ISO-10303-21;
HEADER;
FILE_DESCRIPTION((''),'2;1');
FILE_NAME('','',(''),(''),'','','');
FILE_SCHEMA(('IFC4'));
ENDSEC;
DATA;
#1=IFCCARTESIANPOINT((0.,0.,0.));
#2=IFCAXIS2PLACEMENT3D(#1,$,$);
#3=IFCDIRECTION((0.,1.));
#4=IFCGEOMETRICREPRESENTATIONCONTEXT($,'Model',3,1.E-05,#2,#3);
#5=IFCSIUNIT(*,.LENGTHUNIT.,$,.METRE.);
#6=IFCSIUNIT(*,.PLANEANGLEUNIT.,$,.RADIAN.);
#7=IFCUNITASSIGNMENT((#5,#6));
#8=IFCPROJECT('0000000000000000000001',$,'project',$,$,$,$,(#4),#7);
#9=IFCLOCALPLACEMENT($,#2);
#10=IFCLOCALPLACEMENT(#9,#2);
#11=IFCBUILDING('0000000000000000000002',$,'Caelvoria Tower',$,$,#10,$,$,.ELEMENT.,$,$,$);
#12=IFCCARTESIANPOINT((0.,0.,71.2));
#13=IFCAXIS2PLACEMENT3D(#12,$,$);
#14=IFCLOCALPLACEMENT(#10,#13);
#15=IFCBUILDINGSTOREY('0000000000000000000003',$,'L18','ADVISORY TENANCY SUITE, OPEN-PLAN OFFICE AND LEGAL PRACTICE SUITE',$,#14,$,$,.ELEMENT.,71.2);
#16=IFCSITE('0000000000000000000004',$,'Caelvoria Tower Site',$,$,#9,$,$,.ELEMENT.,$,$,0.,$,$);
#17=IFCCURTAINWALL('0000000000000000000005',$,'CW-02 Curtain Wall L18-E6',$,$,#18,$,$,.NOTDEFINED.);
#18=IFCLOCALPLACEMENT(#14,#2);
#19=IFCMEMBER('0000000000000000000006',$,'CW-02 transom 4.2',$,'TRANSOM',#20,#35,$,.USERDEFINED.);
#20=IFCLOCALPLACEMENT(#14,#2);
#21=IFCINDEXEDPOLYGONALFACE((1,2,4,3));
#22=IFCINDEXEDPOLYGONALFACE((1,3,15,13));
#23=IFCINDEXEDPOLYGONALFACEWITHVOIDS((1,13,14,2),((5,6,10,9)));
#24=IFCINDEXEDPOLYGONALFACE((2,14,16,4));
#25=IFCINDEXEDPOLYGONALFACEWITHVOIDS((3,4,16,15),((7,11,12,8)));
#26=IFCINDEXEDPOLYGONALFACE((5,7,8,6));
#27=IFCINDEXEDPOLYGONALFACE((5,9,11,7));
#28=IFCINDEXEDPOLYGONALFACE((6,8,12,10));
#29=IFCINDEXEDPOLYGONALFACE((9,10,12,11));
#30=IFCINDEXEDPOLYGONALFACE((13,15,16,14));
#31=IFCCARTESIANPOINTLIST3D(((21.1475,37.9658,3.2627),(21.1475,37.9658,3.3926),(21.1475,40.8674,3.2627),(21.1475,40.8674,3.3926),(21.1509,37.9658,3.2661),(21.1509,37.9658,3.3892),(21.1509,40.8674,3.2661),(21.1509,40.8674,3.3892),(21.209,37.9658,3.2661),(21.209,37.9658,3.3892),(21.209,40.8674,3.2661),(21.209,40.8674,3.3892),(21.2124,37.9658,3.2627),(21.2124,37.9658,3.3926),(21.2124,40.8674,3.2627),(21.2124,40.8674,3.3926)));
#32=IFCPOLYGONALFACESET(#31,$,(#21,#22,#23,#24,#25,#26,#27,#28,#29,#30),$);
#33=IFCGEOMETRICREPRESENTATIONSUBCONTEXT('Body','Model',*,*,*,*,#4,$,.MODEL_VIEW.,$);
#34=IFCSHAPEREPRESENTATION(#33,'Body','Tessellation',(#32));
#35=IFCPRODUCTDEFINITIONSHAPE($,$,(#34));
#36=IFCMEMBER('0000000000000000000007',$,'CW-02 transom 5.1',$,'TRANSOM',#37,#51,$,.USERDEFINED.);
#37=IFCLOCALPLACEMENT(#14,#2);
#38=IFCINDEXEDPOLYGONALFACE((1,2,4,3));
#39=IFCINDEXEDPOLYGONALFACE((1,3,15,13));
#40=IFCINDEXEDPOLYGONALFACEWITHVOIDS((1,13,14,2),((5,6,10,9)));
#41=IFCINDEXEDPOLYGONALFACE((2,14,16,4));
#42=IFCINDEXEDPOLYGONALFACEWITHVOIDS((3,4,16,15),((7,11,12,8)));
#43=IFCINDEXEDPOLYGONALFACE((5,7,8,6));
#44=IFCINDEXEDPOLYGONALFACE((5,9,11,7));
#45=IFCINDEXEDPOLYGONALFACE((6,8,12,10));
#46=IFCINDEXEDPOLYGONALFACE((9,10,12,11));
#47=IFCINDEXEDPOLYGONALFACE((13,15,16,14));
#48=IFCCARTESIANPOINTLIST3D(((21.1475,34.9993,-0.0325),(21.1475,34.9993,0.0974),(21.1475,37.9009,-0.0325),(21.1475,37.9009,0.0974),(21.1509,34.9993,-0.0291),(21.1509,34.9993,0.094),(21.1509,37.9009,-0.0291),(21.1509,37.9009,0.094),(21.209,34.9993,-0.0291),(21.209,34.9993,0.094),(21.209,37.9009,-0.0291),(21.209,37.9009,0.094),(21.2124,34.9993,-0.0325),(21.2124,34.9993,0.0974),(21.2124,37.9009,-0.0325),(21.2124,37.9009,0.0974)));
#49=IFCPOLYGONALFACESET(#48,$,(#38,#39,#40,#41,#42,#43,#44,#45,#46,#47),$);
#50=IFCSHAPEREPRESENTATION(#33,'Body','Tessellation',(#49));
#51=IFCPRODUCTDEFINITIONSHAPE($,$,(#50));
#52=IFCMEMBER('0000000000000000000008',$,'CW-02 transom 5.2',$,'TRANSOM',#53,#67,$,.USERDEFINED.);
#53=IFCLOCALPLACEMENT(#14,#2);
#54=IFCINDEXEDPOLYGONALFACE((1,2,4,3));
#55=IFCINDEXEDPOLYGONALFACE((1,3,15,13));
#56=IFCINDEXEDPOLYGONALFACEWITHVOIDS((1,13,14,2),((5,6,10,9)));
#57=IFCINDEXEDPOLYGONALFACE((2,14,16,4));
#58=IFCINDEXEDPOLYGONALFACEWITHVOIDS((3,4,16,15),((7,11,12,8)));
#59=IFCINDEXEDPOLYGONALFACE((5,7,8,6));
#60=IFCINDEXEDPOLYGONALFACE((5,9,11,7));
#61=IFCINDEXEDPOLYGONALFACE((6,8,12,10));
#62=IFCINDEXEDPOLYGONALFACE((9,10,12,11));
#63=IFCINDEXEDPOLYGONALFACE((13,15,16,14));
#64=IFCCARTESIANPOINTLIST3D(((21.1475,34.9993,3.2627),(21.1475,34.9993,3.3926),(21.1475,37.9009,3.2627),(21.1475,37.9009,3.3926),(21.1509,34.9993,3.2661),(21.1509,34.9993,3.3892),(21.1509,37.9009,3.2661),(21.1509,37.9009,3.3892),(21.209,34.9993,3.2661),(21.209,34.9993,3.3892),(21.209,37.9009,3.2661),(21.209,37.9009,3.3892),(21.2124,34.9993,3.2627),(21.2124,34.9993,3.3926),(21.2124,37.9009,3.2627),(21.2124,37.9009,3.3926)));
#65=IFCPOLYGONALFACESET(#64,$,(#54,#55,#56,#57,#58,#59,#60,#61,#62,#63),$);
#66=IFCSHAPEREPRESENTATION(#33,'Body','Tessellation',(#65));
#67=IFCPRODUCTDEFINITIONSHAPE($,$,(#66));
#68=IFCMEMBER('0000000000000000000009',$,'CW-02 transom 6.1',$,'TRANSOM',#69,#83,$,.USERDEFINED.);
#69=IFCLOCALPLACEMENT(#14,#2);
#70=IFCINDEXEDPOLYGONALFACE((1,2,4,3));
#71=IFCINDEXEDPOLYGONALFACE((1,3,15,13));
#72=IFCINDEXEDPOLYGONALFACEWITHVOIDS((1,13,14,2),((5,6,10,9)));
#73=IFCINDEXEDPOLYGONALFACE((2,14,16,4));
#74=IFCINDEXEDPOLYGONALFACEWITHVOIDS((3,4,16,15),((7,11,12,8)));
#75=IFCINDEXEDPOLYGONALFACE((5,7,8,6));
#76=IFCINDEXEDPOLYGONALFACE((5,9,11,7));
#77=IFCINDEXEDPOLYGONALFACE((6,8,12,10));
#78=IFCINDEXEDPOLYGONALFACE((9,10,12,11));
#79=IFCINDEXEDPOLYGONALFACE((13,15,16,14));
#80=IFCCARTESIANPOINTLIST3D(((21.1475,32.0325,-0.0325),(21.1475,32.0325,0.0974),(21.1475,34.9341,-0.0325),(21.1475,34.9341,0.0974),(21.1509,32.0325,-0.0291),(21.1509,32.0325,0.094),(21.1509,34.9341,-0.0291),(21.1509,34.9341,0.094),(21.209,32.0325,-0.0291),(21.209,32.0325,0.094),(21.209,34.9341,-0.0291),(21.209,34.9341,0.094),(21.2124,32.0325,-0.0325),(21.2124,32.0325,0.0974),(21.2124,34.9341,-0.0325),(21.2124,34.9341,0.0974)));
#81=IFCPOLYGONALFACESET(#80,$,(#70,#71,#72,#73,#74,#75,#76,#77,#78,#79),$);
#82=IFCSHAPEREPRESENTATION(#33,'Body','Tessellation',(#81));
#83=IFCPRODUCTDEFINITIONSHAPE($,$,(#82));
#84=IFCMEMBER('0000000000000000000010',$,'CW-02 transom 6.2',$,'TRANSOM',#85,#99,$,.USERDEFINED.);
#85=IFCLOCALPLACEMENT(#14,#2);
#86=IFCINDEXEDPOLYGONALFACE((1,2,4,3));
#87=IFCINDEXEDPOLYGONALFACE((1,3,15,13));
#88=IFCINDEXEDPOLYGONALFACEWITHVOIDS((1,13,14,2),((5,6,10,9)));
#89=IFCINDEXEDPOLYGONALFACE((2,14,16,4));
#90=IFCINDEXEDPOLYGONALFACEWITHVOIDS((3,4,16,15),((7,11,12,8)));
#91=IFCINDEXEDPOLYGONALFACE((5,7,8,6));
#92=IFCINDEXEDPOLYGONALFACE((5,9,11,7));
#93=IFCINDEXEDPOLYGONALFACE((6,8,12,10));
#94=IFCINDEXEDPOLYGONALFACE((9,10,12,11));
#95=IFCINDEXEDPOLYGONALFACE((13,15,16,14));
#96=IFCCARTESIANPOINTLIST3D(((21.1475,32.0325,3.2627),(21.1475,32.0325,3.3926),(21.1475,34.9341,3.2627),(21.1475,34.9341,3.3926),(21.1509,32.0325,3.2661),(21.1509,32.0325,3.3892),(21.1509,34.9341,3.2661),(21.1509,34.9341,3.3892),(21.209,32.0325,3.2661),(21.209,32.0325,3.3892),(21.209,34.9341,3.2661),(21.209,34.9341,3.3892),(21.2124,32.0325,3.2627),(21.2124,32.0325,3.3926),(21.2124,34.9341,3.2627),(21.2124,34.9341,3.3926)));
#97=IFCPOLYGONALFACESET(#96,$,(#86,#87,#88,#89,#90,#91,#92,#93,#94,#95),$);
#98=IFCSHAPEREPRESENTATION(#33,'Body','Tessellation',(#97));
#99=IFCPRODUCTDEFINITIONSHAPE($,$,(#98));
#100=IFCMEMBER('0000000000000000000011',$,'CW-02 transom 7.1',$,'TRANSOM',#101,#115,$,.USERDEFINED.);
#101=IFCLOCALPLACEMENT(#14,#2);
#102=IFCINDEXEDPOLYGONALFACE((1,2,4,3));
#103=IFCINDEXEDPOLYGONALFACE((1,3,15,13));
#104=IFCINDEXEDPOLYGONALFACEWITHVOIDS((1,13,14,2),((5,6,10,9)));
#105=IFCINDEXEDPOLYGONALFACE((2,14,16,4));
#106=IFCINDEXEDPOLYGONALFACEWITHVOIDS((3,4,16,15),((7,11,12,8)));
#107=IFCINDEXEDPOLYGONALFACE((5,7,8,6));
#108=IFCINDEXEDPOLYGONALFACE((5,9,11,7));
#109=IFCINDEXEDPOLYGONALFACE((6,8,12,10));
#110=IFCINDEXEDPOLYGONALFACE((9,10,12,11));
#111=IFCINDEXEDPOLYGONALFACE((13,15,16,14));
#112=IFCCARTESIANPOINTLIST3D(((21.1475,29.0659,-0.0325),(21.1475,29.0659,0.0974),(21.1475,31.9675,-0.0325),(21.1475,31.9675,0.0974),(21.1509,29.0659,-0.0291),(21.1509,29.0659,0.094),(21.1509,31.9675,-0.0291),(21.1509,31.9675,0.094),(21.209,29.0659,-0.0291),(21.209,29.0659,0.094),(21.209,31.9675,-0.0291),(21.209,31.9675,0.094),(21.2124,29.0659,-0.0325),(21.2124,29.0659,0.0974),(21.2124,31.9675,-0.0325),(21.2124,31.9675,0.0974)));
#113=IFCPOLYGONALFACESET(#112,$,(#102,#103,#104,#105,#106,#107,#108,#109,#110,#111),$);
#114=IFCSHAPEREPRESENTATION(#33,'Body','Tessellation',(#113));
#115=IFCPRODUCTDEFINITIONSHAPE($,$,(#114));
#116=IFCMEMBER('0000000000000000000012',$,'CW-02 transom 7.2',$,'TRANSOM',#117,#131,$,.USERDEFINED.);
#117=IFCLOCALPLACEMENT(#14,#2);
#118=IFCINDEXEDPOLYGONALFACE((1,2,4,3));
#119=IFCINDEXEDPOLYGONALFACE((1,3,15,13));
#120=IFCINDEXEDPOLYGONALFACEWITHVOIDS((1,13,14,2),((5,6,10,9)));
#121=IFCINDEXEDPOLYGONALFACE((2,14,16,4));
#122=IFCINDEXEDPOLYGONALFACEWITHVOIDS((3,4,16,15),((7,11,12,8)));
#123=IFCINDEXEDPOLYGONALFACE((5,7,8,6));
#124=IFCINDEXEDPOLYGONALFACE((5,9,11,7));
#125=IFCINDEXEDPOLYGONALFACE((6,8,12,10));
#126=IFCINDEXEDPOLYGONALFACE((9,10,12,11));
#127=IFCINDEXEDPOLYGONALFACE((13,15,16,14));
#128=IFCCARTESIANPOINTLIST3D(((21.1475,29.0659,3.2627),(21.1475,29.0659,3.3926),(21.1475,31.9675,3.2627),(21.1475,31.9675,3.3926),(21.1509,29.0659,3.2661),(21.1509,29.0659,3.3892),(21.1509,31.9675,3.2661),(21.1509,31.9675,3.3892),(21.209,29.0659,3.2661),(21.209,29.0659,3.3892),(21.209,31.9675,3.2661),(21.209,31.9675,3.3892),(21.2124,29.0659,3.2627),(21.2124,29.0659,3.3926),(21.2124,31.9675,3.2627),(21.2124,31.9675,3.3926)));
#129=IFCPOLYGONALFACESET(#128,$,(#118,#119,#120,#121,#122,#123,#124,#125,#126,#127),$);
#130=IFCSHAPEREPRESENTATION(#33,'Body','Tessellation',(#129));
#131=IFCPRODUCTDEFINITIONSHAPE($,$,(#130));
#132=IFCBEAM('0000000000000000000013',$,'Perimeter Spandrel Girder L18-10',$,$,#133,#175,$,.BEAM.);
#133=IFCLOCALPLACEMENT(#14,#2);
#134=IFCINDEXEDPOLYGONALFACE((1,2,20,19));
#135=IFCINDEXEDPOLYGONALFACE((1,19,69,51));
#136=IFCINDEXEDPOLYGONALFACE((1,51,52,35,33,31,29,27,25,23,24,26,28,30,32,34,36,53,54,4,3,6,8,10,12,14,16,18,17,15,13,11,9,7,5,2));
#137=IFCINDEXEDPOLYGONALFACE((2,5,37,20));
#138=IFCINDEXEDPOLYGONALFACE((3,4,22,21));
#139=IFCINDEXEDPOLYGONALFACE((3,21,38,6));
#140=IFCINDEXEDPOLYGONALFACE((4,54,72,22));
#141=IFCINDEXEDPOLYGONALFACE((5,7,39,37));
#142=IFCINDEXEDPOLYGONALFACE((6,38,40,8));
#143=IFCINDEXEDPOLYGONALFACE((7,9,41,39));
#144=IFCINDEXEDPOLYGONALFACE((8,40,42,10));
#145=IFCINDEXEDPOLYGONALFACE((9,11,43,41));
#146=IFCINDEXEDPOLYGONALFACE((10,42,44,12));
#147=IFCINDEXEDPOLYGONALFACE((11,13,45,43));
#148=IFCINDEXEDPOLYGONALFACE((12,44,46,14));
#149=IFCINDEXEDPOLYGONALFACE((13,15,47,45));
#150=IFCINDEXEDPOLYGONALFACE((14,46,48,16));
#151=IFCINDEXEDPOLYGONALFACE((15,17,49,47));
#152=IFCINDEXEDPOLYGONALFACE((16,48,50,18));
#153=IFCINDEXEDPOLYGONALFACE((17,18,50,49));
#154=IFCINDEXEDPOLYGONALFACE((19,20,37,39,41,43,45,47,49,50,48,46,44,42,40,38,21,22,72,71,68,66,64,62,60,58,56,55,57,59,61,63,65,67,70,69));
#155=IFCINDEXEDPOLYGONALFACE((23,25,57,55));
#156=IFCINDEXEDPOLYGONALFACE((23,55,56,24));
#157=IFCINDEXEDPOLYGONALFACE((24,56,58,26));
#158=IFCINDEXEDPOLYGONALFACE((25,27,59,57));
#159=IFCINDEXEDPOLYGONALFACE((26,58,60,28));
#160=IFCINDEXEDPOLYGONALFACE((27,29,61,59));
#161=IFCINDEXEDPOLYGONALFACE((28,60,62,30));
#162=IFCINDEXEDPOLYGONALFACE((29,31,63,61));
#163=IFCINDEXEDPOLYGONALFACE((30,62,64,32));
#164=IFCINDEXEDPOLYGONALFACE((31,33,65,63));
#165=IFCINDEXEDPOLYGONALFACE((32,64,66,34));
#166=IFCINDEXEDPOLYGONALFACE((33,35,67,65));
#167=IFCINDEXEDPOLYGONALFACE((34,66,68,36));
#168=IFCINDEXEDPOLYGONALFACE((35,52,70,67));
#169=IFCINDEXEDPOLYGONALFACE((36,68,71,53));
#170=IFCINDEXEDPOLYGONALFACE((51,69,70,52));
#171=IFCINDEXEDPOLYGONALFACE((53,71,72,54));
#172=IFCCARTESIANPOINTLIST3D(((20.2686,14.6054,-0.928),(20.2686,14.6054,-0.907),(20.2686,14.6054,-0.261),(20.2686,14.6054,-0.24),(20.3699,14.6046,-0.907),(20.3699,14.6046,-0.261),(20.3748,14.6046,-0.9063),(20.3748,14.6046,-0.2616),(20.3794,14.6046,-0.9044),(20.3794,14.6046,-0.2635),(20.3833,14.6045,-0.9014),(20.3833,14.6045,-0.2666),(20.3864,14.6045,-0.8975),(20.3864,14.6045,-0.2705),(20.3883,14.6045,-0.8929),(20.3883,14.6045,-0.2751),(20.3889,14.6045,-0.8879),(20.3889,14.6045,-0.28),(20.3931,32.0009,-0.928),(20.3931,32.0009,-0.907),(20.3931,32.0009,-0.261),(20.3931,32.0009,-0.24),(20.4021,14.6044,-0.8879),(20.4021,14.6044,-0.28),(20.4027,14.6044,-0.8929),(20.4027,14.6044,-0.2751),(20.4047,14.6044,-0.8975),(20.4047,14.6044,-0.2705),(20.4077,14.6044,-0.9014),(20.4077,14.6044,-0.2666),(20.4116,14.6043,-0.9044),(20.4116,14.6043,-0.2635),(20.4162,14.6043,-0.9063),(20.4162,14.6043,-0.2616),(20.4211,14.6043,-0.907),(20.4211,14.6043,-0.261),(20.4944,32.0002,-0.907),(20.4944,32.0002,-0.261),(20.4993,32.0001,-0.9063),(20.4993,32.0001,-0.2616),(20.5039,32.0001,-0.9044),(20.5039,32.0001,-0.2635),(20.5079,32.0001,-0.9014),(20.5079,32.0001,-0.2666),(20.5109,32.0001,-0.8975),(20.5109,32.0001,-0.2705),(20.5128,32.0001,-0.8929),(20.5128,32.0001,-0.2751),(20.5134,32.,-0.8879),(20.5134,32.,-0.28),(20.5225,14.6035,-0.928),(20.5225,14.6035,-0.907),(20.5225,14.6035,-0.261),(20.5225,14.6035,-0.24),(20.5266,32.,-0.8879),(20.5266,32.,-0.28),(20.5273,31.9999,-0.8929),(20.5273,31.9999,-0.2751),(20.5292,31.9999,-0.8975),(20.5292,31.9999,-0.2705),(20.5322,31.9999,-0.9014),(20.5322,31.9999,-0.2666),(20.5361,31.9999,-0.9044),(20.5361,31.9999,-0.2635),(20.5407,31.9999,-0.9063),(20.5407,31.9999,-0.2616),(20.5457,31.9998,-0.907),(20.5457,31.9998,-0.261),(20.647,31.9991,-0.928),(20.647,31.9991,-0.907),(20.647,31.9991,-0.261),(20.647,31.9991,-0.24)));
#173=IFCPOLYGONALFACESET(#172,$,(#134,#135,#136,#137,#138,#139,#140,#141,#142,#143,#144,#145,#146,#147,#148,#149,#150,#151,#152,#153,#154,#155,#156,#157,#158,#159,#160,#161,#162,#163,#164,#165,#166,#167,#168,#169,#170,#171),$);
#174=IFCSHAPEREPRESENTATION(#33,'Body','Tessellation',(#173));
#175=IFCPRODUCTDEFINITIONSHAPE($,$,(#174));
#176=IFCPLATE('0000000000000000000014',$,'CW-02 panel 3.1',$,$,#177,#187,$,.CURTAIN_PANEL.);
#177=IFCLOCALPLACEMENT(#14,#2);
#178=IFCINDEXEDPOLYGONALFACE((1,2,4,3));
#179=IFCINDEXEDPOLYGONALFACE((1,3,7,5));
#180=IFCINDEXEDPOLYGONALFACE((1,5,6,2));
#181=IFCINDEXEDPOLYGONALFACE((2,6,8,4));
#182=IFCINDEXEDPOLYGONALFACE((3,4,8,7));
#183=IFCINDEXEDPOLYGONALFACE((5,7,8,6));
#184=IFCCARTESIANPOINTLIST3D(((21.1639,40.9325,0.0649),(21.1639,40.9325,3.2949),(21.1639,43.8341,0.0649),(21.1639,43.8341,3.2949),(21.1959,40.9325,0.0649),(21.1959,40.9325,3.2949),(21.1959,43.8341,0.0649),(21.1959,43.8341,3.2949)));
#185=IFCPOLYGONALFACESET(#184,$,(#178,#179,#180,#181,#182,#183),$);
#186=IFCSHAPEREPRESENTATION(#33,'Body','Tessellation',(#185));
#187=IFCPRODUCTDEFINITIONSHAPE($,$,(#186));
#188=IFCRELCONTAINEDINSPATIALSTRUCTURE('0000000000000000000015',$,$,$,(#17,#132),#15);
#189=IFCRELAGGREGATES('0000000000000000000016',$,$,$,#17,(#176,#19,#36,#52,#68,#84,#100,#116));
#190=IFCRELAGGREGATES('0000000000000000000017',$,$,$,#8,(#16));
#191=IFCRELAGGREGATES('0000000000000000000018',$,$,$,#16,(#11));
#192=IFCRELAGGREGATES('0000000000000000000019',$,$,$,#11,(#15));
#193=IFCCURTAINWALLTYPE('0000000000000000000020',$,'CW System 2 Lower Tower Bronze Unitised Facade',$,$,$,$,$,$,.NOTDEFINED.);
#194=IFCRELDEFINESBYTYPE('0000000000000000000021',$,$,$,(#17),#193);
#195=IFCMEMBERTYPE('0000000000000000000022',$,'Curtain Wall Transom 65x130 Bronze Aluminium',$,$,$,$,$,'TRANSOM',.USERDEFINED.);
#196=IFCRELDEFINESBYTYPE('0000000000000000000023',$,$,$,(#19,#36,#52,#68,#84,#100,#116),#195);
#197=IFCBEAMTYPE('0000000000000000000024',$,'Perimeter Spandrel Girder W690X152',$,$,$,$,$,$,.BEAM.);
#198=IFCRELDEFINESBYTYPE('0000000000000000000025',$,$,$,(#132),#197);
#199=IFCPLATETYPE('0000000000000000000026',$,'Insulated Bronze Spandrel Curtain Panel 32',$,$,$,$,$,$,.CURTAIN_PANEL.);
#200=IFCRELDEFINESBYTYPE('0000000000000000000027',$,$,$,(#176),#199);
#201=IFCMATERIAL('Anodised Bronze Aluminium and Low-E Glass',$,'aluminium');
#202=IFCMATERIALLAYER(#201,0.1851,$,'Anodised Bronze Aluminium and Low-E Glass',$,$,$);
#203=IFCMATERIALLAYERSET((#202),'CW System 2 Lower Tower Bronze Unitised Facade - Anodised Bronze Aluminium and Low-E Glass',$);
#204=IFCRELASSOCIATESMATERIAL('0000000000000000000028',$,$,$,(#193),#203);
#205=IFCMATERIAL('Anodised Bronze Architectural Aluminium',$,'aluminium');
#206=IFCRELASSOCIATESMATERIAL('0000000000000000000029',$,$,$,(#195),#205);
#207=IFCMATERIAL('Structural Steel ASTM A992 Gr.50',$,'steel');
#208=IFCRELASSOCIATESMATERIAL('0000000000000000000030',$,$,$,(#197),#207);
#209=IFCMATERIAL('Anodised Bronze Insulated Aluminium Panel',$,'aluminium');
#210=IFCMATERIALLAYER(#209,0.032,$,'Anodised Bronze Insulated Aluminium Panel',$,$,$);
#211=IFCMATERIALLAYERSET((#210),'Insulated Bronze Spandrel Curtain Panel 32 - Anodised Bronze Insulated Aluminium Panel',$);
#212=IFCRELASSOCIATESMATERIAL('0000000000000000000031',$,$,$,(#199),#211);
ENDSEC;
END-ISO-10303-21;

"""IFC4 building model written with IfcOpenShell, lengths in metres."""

from ifc_helpers import new_model, si_unit, direction, frame, origin, origin_2d, place, context, subcontext, project, spatial, rectangle, hollow_rectangle, i_section, extrude, material, layer, layer_set, material_profile, profile_set, type_object, element, aggregate, save


model = new_model("IFC4")

# Units and contexts
model_context = context("Model", 3, precision=1e-05, world=origin(), true_north=direction((0.0, 1.0)))
body_context = subcontext(model_context, "Body", "Model", "MODEL_VIEW")
ifc_project = project(units=[si_unit("LENGTHUNIT", "METRE"), si_unit("PLANEANGLEUNIT", "RADIAN")], contexts=[model_context])

# Site, building, storey
site_placement = place(None, origin())
site = spatial("IfcSite", under=ifc_project, at=site_placement, Name="Caelvoria Tower Site", CompositionType="ELEMENT", RefElevation=0.0)
building_placement = place(site_placement, origin())
building = spatial("IfcBuilding", under=site, at=building_placement, Name="Caelvoria Tower", CompositionType="ELEMENT")
storey_placement = place(building_placement, frame((0.0, 0.0, 71.2)))
storey = spatial("IfcBuildingStorey", under=building, at=storey_placement, Name="L18", Description="ADVISORY TENANCY SUITE, OPEN-PLAN OFFICE AND LEGAL PRACTICE SUITE", CompositionType="ELEMENT", Elevation=71.2)

# Curtain wall, members
ifc_material_1 = material(Name="Anodised Bronze Aluminium and Low-E Glass", Category="aluminium")
ifc_layer_1 = layer(ifc_material_1, 0.1851, Name="Anodised Bronze Aluminium and Low-E Glass")
ifc_layer_set_1 = layer_set([ifc_layer_1], Name="CW System 2 Lower Tower Bronze Unitised Facade - Anodised Bronze Aluminium and Low-E Glass")
curtain_wall_type = type_object("IfcCurtainWallType", Name="CW System 2 Lower Tower Bronze Unitised Facade", PredefinedType="NOTDEFINED", material=ifc_layer_set_1)
curtain_wall_placement = place(storey_placement, origin())
curtain_wall = element("IfcCurtainWall", 1, at=curtain_wall_placement, inside=storey, type_object=curtain_wall_type, Name="CW-02 Curtain Wall L18-E6", PredefinedType="NOTDEFINED")
ifc_material_2 = material(Name="Anodised Bronze Architectural Aluminium", Category="aluminium")
ifc_material_profile_1 = material_profile(ifc_material_2, hollow_rectangle(XDim=0.0649, YDim=0.1299, WallThickness=0.0034, at=origin_2d()), Name="Anodised Bronze Architectural Aluminium")
ifc_profile_set_1 = profile_set([ifc_material_profile_1], Name="CW_TRAN_65X130 - Anodised Bronze Architectural Aluminium")
member_type_1 = type_object("IfcMemberType", Name="Curtain Wall Transom 65x130 Bronze Aluminium", ElementType="TRANSOM", PredefinedType="USERDEFINED", material=ifc_profile_set_1)
member_1_placement = place(storey_placement, frame((21.1799, 40.8674, 3.3276), z_axis=(0.0, -1.0, 0.0), x_axis=(1.0, 0.0, 0.0)))
member_1 = element("IfcMember", 2, at=member_1_placement, type_object=member_type_1, Name="CW-02 transom 4.2", ObjectType="TRANSOM", PredefinedType="USERDEFINED", context=body_context, shape_type="SweptSolid", body=[
    extrude(hollow_rectangle(XDim=0.0649, YDim=0.1299, WallThickness=0.0034, at=origin_2d()), origin(), (0.0, 0.0, 1.0), 2.9016),
])
member_2_placement = place(storey_placement, frame((21.1799, 37.9009, 0.0325), z_axis=(0.0, -1.0, 0.0), x_axis=(1.0, 0.0, 0.0)))
member_2 = element("IfcMember", 3, at=member_2_placement, type_object=member_type_1, Name="CW-02 transom 5.1", ObjectType="TRANSOM", PredefinedType="USERDEFINED", context=body_context, shape_type="SweptSolid", body=[
    extrude(hollow_rectangle(XDim=0.0649, YDim=0.1299, WallThickness=0.0034, at=origin_2d()), origin(), (0.0, 0.0, 1.0), 2.9016),
])
member_3_placement = place(storey_placement, frame((21.1799, 37.9009, 3.3276), z_axis=(0.0, -1.0, 0.0), x_axis=(1.0, 0.0, 0.0)))
member_3 = element("IfcMember", 4, at=member_3_placement, type_object=member_type_1, Name="CW-02 transom 5.2", ObjectType="TRANSOM", PredefinedType="USERDEFINED", context=body_context, shape_type="SweptSolid", body=[
    extrude(hollow_rectangle(XDim=0.0649, YDim=0.1299, WallThickness=0.0034, at=origin_2d()), origin(), (0.0, 0.0, 1.0), 2.9016),
])
member_4_placement = place(storey_placement, frame((21.1799, 34.9341, 0.0325), z_axis=(0.0, -1.0, 0.0), x_axis=(1.0, 0.0, 0.0)))
member_4 = element("IfcMember", 5, at=member_4_placement, type_object=member_type_1, Name="CW-02 transom 6.1", ObjectType="TRANSOM", PredefinedType="USERDEFINED", context=body_context, shape_type="SweptSolid", body=[
    extrude(hollow_rectangle(XDim=0.0649, YDim=0.1299, WallThickness=0.0034, at=origin_2d()), origin(), (0.0, 0.0, 1.0), 2.9016),
])
member_5_placement = place(storey_placement, frame((21.1799, 34.9341, 3.3276), z_axis=(0.0, -1.0, 0.0), x_axis=(1.0, 0.0, 0.0)))
member_5 = element("IfcMember", 6, at=member_5_placement, type_object=member_type_1, Name="CW-02 transom 6.2", ObjectType="TRANSOM", PredefinedType="USERDEFINED", context=body_context, shape_type="SweptSolid", body=[
    extrude(hollow_rectangle(XDim=0.0649, YDim=0.1299, WallThickness=0.0034, at=origin_2d()), origin(), (0.0, 0.0, 1.0), 2.9016),
])
member_6_placement = place(storey_placement, frame((21.1799, 31.9675, 0.0325), z_axis=(0.0, -1.0, 0.0), x_axis=(1.0, 0.0, 0.0)))
member_6 = element("IfcMember", 7, at=member_6_placement, type_object=member_type_1, Name="CW-02 transom 7.1", ObjectType="TRANSOM", PredefinedType="USERDEFINED", context=body_context, shape_type="SweptSolid", body=[
    extrude(hollow_rectangle(XDim=0.0649, YDim=0.1299, WallThickness=0.0034, at=origin_2d()), origin(), (0.0, 0.0, 1.0), 2.9016),
])
member_7_placement = place(storey_placement, frame((21.1799, 31.9675, 3.3276), z_axis=(0.0, -1.0, 0.0), x_axis=(1.0, 0.0, 0.0)))
member_7 = element("IfcMember", 8, at=member_7_placement, type_object=member_type_1, Name="CW-02 transom 7.2", ObjectType="TRANSOM", PredefinedType="USERDEFINED", context=body_context, shape_type="SweptSolid", body=[
    extrude(hollow_rectangle(XDim=0.0649, YDim=0.1299, WallThickness=0.0034, at=origin_2d()), origin(), (0.0, 0.0, 1.0), 2.9016),
])

# Beam
ifc_material_3 = material(Name="Structural Steel ASTM A992 Gr.50", Category="steel")
ifc_material_profile_2 = material_profile(ifc_material_3, i_section(OverallWidth=0.2539, OverallDepth=0.688, WebThickness=0.0132, FlangeThickness=0.021, FilletRadius=0.019, at=origin_2d()), Name="Structural Steel ASTM A992 Gr.50")
ifc_profile_set_2 = profile_set([ifc_material_profile_2], Name="W690X152 - Structural Steel ASTM A992 Gr.50")
beam_type = type_object("IfcBeamType", Name="Perimeter Spandrel Girder W690X152", PredefinedType="BEAM", material=ifc_profile_set_2)
beam_placement = place(storey_placement, frame((20.52, 32.0, -0.584), z_axis=(-0.007158, -0.999974, 0.0), x_axis=(0.999974, -0.007158, 0.0)))
element("IfcBeam", 9, at=beam_placement, inside=storey, type_object=beam_type, Name="Perimeter Spandrel Girder L18-10", PredefinedType="BEAM", context=body_context, shape_type="SweptSolid", body=[
    extrude(i_section(OverallWidth=0.2539, OverallDepth=0.688, WebThickness=0.0132, FlangeThickness=0.021, FilletRadius=0.019, at=origin_2d()), origin(), (0.0, 0.0, 1.0), 17.396),
])

# Plate
ifc_material_4 = material(Name="Anodised Bronze Insulated Aluminium Panel", Category="aluminium")
ifc_layer_2 = layer(ifc_material_4, 0.032, Name="Anodised Bronze Insulated Aluminium Panel")
ifc_layer_set_2 = layer_set([ifc_layer_2], Name="Insulated Bronze Spandrel Curtain Panel 32 - Anodised Bronze Insulated Aluminium Panel")
plate_type = type_object("IfcPlateType", Name="Insulated Bronze Spandrel Curtain Panel 32", PredefinedType="CURTAIN_PANEL", material=ifc_layer_set_2)
plate_1_placement = place(storey_placement, frame((21.1799, 42.3833, 0.0649), z_axis=(0.0, 0.0, 1.0), x_axis=(0.0, -1.0, 0.0)))
plate_1 = element("IfcPlate", 10, at=plate_1_placement, type_object=plate_type, Name="CW-02 panel 3.1", PredefinedType="CURTAIN_PANEL", context=body_context, shape_type="SweptSolid", body=[
    extrude(rectangle(XDim=2.9016, YDim=0.032, at=origin_2d()), origin(), (0.0, 0.0, 1.0), 3.23),
])
aggregate(curtain_wall, [plate_1, member_1, member_2, member_3, member_4, member_5, member_6, member_7])

save(model, "model.ifc")
